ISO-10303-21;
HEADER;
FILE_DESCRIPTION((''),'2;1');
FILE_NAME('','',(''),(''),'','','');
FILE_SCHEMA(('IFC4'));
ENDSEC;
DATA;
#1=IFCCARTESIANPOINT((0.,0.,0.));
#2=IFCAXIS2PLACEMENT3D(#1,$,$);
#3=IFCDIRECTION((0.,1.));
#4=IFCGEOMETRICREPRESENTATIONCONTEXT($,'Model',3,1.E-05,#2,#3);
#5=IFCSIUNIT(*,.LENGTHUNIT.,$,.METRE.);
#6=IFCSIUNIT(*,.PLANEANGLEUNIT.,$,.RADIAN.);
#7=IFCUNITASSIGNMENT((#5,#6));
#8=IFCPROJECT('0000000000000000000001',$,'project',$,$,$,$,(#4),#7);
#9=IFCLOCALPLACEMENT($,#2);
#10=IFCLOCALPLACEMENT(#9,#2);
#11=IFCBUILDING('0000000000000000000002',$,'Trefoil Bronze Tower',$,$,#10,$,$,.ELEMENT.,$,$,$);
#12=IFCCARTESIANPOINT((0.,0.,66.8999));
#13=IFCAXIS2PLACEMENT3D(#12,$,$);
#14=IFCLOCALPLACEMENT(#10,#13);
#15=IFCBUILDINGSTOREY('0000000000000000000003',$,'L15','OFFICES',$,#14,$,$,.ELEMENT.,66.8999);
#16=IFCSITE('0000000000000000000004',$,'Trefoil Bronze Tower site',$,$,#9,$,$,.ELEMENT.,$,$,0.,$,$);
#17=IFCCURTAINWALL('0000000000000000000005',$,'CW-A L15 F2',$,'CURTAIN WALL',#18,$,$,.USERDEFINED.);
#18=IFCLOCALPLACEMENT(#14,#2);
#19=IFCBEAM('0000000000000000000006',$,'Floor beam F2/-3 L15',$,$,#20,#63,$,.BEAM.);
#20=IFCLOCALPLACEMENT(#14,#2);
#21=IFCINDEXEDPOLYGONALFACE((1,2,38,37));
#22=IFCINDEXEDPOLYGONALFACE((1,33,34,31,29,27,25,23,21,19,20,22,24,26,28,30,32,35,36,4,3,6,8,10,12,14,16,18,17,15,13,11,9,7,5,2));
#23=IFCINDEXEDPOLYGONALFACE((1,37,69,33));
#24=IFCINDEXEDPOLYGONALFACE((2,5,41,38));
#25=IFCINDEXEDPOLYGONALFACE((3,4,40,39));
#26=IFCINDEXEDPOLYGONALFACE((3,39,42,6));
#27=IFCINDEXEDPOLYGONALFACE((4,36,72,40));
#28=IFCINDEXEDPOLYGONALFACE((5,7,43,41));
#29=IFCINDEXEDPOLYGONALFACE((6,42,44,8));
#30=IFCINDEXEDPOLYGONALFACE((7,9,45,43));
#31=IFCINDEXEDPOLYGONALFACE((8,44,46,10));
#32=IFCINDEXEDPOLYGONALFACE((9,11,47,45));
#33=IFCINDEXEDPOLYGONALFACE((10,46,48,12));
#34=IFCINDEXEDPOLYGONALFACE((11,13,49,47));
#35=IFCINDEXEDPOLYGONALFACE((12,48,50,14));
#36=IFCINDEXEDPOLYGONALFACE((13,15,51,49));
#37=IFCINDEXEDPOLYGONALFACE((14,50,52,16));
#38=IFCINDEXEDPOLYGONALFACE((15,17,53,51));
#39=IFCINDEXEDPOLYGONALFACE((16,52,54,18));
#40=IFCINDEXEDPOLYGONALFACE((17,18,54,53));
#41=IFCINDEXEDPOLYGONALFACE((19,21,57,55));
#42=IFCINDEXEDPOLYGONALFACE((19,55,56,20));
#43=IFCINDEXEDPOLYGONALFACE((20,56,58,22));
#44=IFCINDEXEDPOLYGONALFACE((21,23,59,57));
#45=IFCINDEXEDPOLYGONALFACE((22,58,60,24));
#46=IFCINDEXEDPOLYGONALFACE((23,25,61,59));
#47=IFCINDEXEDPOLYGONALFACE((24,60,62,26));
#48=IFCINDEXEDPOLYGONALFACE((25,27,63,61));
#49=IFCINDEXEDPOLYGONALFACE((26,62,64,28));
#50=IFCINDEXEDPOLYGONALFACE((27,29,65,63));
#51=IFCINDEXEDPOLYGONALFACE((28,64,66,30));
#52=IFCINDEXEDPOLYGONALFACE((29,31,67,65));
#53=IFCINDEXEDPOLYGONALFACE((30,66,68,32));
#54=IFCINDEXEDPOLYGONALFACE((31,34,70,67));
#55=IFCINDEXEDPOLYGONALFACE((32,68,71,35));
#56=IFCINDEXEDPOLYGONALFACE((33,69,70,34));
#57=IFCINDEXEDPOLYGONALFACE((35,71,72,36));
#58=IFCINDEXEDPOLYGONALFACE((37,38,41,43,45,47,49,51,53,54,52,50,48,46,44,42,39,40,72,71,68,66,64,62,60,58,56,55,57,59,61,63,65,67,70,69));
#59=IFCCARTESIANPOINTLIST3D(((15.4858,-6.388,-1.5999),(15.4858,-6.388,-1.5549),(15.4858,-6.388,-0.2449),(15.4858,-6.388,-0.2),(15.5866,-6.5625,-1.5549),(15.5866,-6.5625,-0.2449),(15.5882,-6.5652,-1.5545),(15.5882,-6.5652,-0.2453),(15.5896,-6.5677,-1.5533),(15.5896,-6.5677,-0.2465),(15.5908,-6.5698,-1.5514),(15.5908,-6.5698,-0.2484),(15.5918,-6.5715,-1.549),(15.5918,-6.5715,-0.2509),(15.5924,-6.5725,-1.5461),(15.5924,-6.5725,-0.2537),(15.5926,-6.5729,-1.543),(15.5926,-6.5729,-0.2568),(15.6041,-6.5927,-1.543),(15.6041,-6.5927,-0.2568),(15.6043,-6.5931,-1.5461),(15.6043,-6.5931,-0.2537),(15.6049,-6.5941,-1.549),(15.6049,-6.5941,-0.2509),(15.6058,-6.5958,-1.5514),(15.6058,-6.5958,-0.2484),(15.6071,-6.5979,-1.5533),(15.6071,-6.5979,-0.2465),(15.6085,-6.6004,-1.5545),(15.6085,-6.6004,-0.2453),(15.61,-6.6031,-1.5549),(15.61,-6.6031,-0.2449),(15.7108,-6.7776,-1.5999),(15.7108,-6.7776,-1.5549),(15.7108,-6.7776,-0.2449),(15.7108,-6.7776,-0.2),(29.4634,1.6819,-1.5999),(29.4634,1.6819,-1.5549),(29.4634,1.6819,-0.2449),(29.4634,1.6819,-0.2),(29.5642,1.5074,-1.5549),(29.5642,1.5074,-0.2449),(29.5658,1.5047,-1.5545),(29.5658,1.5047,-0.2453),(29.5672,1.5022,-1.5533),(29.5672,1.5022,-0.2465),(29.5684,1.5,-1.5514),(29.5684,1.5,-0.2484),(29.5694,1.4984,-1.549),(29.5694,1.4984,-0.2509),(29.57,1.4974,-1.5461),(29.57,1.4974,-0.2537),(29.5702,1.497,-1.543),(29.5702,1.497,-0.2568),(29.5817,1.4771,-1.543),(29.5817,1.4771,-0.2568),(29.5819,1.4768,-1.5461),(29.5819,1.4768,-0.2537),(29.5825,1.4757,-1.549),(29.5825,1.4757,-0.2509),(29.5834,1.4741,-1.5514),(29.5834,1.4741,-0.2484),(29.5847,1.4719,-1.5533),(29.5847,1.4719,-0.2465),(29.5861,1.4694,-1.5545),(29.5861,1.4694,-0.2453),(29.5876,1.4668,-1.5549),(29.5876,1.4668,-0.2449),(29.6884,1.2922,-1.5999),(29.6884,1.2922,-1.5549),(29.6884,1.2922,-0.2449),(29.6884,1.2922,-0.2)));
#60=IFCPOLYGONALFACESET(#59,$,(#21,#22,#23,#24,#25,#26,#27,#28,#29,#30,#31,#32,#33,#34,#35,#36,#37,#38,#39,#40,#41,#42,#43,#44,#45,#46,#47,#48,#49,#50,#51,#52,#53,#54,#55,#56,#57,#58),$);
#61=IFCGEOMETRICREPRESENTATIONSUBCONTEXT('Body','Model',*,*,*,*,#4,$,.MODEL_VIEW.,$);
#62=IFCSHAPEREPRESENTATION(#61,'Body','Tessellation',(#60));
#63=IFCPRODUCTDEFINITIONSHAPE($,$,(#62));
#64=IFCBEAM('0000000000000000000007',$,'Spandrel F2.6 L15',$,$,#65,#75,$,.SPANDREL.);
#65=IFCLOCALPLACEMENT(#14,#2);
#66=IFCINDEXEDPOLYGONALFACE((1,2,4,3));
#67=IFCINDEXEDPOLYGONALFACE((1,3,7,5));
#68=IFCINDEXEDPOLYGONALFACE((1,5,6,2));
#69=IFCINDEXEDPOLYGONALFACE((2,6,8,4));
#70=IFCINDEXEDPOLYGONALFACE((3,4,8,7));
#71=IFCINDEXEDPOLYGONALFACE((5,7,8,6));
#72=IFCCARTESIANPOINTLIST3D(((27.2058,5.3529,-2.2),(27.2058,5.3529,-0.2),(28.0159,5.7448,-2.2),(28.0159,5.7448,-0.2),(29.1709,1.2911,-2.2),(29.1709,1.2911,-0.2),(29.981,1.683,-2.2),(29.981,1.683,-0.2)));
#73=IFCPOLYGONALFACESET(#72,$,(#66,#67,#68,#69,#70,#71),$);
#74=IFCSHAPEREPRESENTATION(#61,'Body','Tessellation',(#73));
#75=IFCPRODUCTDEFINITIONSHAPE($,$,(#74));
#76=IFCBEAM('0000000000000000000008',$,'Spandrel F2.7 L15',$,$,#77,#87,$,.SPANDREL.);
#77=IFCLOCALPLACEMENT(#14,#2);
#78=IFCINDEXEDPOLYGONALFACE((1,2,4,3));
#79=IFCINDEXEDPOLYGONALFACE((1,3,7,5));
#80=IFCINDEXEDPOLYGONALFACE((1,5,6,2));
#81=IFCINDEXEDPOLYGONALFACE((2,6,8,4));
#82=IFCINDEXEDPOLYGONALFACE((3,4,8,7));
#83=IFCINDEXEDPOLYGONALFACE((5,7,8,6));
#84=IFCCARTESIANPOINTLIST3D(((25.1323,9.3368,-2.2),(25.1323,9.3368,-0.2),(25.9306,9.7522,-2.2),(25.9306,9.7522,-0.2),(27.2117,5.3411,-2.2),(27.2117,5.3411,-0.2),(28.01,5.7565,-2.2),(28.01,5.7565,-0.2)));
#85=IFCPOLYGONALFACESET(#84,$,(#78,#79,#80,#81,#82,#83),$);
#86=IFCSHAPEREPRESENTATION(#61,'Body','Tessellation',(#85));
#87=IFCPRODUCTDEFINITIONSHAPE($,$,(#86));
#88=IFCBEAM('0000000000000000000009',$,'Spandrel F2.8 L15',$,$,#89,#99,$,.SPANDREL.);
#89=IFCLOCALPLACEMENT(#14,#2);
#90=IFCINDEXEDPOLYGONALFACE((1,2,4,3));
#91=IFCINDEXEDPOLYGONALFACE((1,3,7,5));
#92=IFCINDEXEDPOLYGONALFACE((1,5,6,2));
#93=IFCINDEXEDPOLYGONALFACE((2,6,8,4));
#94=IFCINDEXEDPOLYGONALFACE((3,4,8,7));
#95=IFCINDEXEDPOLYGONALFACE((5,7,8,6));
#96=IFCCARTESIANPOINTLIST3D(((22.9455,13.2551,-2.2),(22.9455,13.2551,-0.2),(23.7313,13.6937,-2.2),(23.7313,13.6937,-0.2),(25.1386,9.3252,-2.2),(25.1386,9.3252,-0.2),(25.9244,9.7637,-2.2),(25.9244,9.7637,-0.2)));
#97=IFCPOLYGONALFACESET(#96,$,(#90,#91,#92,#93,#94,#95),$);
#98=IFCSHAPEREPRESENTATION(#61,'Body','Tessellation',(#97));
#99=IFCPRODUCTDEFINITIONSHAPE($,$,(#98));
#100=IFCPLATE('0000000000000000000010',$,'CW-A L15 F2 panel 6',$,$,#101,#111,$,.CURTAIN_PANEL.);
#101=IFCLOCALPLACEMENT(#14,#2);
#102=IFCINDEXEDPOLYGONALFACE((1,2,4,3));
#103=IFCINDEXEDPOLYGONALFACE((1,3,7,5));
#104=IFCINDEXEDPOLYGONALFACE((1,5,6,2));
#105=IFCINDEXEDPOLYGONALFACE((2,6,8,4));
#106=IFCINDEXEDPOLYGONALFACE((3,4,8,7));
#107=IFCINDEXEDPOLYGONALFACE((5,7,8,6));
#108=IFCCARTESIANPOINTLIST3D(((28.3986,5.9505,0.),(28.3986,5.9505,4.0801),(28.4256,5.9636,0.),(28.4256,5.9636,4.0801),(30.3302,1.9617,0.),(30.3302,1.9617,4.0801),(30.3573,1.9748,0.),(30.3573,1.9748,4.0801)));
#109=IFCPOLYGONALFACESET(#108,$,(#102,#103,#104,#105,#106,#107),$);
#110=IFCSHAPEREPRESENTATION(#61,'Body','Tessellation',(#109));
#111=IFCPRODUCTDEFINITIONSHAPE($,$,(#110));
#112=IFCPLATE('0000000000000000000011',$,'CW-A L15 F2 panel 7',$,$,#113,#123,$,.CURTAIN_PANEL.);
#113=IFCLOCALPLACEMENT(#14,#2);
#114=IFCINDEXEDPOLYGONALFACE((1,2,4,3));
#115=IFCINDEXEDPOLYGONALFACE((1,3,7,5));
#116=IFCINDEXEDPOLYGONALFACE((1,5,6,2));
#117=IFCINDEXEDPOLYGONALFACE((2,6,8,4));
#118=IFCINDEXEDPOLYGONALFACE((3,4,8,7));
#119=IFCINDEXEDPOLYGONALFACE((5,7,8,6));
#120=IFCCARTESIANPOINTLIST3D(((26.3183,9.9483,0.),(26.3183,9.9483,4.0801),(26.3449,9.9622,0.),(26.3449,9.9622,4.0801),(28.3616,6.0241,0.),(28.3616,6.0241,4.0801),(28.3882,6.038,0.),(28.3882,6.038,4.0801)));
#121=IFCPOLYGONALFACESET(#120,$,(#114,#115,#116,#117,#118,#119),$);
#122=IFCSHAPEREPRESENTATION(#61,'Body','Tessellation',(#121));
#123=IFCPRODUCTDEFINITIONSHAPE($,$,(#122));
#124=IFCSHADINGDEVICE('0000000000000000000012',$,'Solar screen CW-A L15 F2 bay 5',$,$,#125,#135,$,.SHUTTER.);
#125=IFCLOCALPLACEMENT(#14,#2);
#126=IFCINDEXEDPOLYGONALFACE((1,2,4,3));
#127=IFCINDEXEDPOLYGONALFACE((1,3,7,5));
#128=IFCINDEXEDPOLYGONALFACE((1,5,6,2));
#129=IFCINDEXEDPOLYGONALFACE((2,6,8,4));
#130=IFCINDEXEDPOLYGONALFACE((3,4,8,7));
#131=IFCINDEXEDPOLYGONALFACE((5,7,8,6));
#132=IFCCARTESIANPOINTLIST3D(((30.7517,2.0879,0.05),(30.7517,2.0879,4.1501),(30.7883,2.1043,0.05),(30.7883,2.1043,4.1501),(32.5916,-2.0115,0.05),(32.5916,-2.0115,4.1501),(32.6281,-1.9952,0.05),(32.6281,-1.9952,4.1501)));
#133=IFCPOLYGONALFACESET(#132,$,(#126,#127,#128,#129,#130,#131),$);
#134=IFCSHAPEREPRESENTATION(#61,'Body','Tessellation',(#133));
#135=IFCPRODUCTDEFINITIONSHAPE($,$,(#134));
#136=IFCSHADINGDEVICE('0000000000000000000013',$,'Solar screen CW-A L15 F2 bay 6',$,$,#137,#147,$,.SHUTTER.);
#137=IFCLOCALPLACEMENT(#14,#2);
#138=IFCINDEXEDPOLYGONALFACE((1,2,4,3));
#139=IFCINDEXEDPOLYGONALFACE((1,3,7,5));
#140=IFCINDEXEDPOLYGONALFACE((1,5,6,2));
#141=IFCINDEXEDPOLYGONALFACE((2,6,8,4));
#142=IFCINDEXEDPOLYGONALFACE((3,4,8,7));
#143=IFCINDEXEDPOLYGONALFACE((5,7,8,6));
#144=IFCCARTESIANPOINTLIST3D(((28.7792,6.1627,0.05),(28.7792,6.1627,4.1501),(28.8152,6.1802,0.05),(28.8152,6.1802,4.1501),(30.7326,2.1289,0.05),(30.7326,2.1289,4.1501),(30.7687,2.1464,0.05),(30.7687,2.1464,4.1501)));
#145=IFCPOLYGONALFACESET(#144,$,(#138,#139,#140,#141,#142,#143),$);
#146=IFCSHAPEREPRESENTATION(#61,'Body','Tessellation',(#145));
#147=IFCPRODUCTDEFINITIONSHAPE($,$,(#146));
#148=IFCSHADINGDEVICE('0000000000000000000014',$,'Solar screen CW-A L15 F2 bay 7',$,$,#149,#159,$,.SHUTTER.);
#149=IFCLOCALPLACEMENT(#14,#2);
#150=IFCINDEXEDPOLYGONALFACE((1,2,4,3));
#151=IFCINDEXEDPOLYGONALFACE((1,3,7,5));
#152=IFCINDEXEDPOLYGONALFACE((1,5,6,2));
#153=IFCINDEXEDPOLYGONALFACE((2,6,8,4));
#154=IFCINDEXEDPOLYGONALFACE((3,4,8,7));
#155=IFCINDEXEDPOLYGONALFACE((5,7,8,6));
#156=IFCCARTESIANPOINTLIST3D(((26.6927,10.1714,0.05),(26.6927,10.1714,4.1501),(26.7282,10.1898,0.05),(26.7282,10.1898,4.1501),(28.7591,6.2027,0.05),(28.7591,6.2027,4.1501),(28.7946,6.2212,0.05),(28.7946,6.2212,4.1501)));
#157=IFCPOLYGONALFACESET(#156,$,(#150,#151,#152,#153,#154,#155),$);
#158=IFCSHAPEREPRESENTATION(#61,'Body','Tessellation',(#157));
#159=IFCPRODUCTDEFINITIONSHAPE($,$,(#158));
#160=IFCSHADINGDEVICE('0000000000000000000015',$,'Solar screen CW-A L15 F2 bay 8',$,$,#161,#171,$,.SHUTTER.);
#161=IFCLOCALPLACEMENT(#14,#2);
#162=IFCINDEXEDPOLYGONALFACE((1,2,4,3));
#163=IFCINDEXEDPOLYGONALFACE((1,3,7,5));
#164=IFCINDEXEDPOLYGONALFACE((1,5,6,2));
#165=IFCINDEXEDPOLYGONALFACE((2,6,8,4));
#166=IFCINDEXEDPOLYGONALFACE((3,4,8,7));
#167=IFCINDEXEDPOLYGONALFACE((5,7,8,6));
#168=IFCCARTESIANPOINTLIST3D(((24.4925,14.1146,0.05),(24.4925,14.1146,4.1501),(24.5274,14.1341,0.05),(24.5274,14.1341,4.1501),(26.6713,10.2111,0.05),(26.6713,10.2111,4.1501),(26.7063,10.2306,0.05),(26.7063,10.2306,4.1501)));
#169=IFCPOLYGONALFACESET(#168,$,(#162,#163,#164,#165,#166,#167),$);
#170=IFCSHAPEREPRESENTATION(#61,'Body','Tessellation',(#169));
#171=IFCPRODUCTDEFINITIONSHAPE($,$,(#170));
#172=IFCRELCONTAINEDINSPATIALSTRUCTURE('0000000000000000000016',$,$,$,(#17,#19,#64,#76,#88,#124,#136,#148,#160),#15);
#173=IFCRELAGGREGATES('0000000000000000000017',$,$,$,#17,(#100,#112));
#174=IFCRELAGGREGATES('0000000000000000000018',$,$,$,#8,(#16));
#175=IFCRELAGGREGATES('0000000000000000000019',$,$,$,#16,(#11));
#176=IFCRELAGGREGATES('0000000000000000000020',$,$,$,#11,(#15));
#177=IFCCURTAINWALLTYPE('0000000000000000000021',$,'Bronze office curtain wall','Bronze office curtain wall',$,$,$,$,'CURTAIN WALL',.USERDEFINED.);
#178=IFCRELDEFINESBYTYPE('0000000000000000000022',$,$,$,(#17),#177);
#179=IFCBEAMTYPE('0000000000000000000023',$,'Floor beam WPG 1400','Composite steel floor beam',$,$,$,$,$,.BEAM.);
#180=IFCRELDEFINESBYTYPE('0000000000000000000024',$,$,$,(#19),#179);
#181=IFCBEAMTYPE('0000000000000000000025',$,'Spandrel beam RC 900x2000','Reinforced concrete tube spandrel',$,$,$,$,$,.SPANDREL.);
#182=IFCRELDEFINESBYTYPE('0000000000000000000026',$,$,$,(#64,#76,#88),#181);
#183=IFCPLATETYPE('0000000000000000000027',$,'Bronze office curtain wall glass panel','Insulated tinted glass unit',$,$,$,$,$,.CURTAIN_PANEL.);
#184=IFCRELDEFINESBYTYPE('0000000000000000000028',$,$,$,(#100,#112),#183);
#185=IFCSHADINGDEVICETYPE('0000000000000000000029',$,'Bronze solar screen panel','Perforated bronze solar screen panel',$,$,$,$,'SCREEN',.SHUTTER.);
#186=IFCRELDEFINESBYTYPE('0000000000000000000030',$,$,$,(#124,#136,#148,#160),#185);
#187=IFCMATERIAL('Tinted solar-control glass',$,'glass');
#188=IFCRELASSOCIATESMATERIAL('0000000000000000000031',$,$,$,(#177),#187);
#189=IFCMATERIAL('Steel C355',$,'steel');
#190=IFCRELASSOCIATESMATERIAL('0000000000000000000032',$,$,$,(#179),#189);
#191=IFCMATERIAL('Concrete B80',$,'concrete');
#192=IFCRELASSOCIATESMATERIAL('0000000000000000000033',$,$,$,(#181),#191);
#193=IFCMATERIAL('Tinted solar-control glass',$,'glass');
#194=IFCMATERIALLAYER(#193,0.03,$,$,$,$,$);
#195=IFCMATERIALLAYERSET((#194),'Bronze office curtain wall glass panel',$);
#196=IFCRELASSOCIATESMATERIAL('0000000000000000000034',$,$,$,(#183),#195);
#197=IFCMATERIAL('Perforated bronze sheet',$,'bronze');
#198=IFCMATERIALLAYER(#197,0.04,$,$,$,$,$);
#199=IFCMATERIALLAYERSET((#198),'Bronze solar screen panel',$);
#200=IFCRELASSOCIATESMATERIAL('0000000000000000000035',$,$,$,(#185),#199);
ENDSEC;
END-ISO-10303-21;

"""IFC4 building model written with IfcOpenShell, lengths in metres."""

from ifc_helpers import new_model, si_unit, direction, frame, origin, origin_2d, place, context, subcontext, project, spatial, rectangle, i_section, extrude, material, layer, layer_set, material_profile, profile_set, type_object, element, aggregate, save


model = new_model("IFC4")

# Units and contexts
model_context = context("Model", 3, precision=1e-05, world=origin(), true_north=direction((0.0, 1.0)))
body_context = subcontext(model_context, "Body", "Model", "MODEL_VIEW")
ifc_project = project(units=[si_unit("LENGTHUNIT", "METRE"), si_unit("PLANEANGLEUNIT", "RADIAN")], contexts=[model_context])

# Site, building, storey
site_placement = place(None, origin())
site = spatial("IfcSite", under=ifc_project, at=site_placement, Name="Trefoil Bronze Tower site", CompositionType="ELEMENT", RefElevation=0.0)
building_placement = place(site_placement, origin())
building = spatial("IfcBuilding", under=site, at=building_placement, Name="Trefoil Bronze Tower", CompositionType="ELEMENT")
storey_placement = place(building_placement, frame((0.0, 0.0, 66.8999)))
storey = spatial("IfcBuildingStorey", under=building, at=storey_placement, Name="L15", Description="OFFICES", CompositionType="ELEMENT", Elevation=66.8999)

# Curtain wall
ifc_material_1 = material(Name="Tinted solar-control glass", Category="glass")
curtain_wall_type = type_object("IfcCurtainWallType", Name="Bronze office curtain wall", Description="Bronze office curtain wall", ElementType="CURTAIN WALL", PredefinedType="USERDEFINED", material=ifc_material_1)
curtain_wall_placement = place(storey_placement, origin())
curtain_wall = element("IfcCurtainWall", 1, at=curtain_wall_placement, inside=storey, type_object=curtain_wall_type, Name="CW-A L15 F2", ObjectType="CURTAIN WALL", PredefinedType="USERDEFINED")

# Beams
ifc_material_2 = material(Name="Steel C355", Category="steel")
ifc_material_profile_1 = material_profile(ifc_material_2, i_section(OverallWidth=0.45, OverallDepth=1.3999, WebThickness=0.0229, FlangeThickness=0.0449, FilletRadius=0.012, at=origin_2d()), Name="WPG 1400")
ifc_profile_set_1 = profile_set([ifc_material_profile_1], Name="Steel C355")
beam_type_1 = type_object("IfcBeamType", Name="Floor beam WPG 1400", Description="Composite steel floor beam", PredefinedType="BEAM", material=ifc_profile_set_1)
beam_1_placement = place(storey_placement, frame((29.5759, 1.4871, -0.8999), z_axis=(-0.866028, -0.499995, 0.0), x_axis=(0.499995, -0.866028, 0.0)))
element("IfcBeam", 2, at=beam_1_placement, inside=storey, type_object=beam_type_1, Name="Floor beam F2/-3 L15", PredefinedType="BEAM", context=body_context, shape_type="SweptSolid", body=[
    extrude(i_section(OverallWidth=0.45, OverallDepth=1.3999, WebThickness=0.0229, FlangeThickness=0.0449, FilletRadius=0.012, at=origin_2d()), origin(), (0.0, 0.0, 1.0), 16.1399),
])
ifc_material_3 = material(Name="Concrete B80", Category="concrete")
ifc_material_profile_2 = material_profile(ifc_material_3, rectangle(XDim=0.8999, YDim=2.0, at=origin_2d()), Name="RC 900x2000")
ifc_profile_set_2 = profile_set([ifc_material_profile_2], Name="Concrete B80")
beam_type_2 = type_object("IfcBeamType", Name="Spandrel beam RC 900x2000", Description="Reinforced concrete tube spandrel", PredefinedType="SPANDREL", material=ifc_profile_set_2)
beam_2_placement = place(storey_placement, frame((29.5759, 1.4871, -1.2), z_axis=(-0.43551, 0.900184, 0.0), x_axis=(-0.900184, -0.43551, 0.0)))
element("IfcBeam", 3, at=beam_2_placement, inside=storey, type_object=beam_type_2, Name="Spandrel F2.6 L15", PredefinedType="SPANDREL", context=body_context, shape_type="SweptSolid", body=[
    extrude(rectangle(XDim=0.8999, YDim=2.0, at=origin_2d()), origin(), (0.0, 0.0, 1.0), 4.5122),
])
beam_3_placement = place(storey_placement, frame((27.6108, 5.5488, -1.2), z_axis=(-0.461638, 0.887069, 0.0), x_axis=(-0.887069, -0.461638, 0.0)))
element("IfcBeam", 4, at=beam_3_placement, inside=storey, type_object=beam_type_2, Name="Spandrel F2.7 L15", PredefinedType="SPANDREL", context=body_context, shape_type="SweptSolid", body=[
    extrude(rectangle(XDim=0.8999, YDim=2.0, at=origin_2d()), origin(), (0.0, 0.0, 1.0), 4.5044),
])
beam_4_placement = place(storey_placement, frame((25.5315, 9.5444, -1.2), z_axis=(-0.487309, 0.873229, 0.0), x_axis=(-0.873229, -0.487309, 0.0)))
element("IfcBeam", 5, at=beam_4_placement, inside=storey, type_object=beam_type_2, Name="Spandrel F2.8 L15", PredefinedType="SPANDREL", context=body_context, shape_type="SweptSolid", body=[
    extrude(rectangle(XDim=0.8999, YDim=2.0, at=origin_2d()), origin(), (0.0, 0.0, 1.0), 4.5005),
])

# Plates
ifc_material_4 = material(Name="Tinted solar-control glass", Category="glass")
ifc_layer_1 = layer(ifc_material_4, 0.03)
ifc_layer_set_1 = layer_set([ifc_layer_1], Name="Bronze office curtain wall glass panel")
plate_type = type_object("IfcPlateType", Name="Bronze office curtain wall glass panel", Description="Insulated tinted glass unit", PredefinedType="CURTAIN_PANEL", material=ifc_layer_set_1)
plate_1_placement = place(storey_placement, frame((29.3779, 3.9626, 0.0), z_axis=(0.0, 0.0, 1.0), x_axis=(-0.435855, 0.900017, 0.0)))
plate_1 = element("IfcPlate", 6, at=plate_1_placement, type_object=plate_type, Name="CW-A L15 F2 panel 6", PredefinedType="CURTAIN_PANEL", context=body_context, shape_type="SweptSolid", body=[
    extrude(rectangle(XDim=4.4319, YDim=0.03, at=origin_2d()), origin(), (0.0, 0.0, 1.0), 4.0801),
])
plate_2_placement = place(storey_placement, frame((27.3533, 7.9932, 0.0), z_axis=(0.0, 0.0, 1.0), x_axis=(-0.46183, 0.886969, 0.0)))
plate_2 = element("IfcPlate", 7, at=plate_2_placement, type_object=plate_type, Name="CW-A L15 F2 panel 7", PredefinedType="CURTAIN_PANEL", context=body_context, shape_type="SweptSolid", body=[
    extrude(rectangle(XDim=4.4243, YDim=0.03, at=origin_2d()), origin(), (0.0, 0.0, 1.0), 4.0801),
])
aggregate(curtain_wall, [plate_1, plate_2])

# Shading devices
ifc_material_5 = material(Name="Perforated bronze sheet", Category="bronze")
ifc_layer_2 = layer(ifc_material_5, 0.04)
ifc_layer_set_2 = layer_set([ifc_layer_2], Name="Bronze solar screen panel")
shading_device_type = type_object("IfcShadingDeviceType", Name="Bronze solar screen panel", Description="Perforated bronze solar screen panel", ElementType="SCREEN", PredefinedType="SHUTTER", material=ifc_layer_set_2)
shading_device_1_placement = place(storey_placement, frame((31.6899, 0.0464, 0.05), z_axis=(0.0, 0.0, 1.0), x_axis=(-0.409456, 0.91233, 0.0)))
element("IfcShadingDevice", 8, at=shading_device_1_placement, inside=storey, type_object=shading_device_type, Name="Solar screen CW-A L15 F2 bay 5", PredefinedType="SHUTTER", context=body_context, shape_type="SweptSolid", body=[
    extrude(rectangle(XDim=4.4934, YDim=0.04, at=origin_2d()), origin(), (0.0, 0.0, 1.0), 4.1001),
])
shading_device_2_placement = place(storey_placement, frame((29.7739, 4.1545, 0.05), z_axis=(0.0, 0.0, 1.0), x_axis=(-0.435855, 0.900017, 0.0)))
element("IfcShadingDevice", 9, at=shading_device_2_placement, inside=storey, type_object=shading_device_type, Name="Solar screen CW-A L15 F2 bay 6", PredefinedType="SHUTTER", context=body_context, shape_type="SweptSolid", body=[
    extrude(rectangle(XDim=4.4819, YDim=0.04, at=origin_2d()), origin(), (0.0, 0.0, 1.0), 4.1001),
])
shading_device_3_placement = place(storey_placement, frame((27.7437, 8.1963, 0.05), z_axis=(0.0, 0.0, 1.0), x_axis=(-0.46183, 0.886969, 0.0)))
element("IfcShadingDevice", 10, at=shading_device_3_placement, inside=storey, type_object=shading_device_type, Name="Solar screen CW-A L15 F2 bay 7", PredefinedType="SHUTTER", context=body_context, shape_type="SweptSolid", body=[
    extrude(rectangle(XDim=4.4744, YDim=0.04, at=origin_2d()), origin(), (0.0, 0.0, 1.0), 4.1001),
])
shading_device_4_placement = place(storey_placement, frame((25.5994, 12.1726, 0.05), z_axis=(0.0, 0.0, 1.0), x_axis=(-0.487382, 0.873189, 0.0)))
element("IfcShadingDevice", 11, at=shading_device_4_placement, inside=storey, type_object=shading_device_type, Name="Solar screen CW-A L15 F2 bay 8", PredefinedType="SHUTTER", context=body_context, shape_type="SweptSolid", body=[
    extrude(rectangle(XDim=4.4705, YDim=0.04, at=origin_2d()), origin(), (0.0, 0.0, 1.0), 4.1001),
])

save(model, "model.ifc")
